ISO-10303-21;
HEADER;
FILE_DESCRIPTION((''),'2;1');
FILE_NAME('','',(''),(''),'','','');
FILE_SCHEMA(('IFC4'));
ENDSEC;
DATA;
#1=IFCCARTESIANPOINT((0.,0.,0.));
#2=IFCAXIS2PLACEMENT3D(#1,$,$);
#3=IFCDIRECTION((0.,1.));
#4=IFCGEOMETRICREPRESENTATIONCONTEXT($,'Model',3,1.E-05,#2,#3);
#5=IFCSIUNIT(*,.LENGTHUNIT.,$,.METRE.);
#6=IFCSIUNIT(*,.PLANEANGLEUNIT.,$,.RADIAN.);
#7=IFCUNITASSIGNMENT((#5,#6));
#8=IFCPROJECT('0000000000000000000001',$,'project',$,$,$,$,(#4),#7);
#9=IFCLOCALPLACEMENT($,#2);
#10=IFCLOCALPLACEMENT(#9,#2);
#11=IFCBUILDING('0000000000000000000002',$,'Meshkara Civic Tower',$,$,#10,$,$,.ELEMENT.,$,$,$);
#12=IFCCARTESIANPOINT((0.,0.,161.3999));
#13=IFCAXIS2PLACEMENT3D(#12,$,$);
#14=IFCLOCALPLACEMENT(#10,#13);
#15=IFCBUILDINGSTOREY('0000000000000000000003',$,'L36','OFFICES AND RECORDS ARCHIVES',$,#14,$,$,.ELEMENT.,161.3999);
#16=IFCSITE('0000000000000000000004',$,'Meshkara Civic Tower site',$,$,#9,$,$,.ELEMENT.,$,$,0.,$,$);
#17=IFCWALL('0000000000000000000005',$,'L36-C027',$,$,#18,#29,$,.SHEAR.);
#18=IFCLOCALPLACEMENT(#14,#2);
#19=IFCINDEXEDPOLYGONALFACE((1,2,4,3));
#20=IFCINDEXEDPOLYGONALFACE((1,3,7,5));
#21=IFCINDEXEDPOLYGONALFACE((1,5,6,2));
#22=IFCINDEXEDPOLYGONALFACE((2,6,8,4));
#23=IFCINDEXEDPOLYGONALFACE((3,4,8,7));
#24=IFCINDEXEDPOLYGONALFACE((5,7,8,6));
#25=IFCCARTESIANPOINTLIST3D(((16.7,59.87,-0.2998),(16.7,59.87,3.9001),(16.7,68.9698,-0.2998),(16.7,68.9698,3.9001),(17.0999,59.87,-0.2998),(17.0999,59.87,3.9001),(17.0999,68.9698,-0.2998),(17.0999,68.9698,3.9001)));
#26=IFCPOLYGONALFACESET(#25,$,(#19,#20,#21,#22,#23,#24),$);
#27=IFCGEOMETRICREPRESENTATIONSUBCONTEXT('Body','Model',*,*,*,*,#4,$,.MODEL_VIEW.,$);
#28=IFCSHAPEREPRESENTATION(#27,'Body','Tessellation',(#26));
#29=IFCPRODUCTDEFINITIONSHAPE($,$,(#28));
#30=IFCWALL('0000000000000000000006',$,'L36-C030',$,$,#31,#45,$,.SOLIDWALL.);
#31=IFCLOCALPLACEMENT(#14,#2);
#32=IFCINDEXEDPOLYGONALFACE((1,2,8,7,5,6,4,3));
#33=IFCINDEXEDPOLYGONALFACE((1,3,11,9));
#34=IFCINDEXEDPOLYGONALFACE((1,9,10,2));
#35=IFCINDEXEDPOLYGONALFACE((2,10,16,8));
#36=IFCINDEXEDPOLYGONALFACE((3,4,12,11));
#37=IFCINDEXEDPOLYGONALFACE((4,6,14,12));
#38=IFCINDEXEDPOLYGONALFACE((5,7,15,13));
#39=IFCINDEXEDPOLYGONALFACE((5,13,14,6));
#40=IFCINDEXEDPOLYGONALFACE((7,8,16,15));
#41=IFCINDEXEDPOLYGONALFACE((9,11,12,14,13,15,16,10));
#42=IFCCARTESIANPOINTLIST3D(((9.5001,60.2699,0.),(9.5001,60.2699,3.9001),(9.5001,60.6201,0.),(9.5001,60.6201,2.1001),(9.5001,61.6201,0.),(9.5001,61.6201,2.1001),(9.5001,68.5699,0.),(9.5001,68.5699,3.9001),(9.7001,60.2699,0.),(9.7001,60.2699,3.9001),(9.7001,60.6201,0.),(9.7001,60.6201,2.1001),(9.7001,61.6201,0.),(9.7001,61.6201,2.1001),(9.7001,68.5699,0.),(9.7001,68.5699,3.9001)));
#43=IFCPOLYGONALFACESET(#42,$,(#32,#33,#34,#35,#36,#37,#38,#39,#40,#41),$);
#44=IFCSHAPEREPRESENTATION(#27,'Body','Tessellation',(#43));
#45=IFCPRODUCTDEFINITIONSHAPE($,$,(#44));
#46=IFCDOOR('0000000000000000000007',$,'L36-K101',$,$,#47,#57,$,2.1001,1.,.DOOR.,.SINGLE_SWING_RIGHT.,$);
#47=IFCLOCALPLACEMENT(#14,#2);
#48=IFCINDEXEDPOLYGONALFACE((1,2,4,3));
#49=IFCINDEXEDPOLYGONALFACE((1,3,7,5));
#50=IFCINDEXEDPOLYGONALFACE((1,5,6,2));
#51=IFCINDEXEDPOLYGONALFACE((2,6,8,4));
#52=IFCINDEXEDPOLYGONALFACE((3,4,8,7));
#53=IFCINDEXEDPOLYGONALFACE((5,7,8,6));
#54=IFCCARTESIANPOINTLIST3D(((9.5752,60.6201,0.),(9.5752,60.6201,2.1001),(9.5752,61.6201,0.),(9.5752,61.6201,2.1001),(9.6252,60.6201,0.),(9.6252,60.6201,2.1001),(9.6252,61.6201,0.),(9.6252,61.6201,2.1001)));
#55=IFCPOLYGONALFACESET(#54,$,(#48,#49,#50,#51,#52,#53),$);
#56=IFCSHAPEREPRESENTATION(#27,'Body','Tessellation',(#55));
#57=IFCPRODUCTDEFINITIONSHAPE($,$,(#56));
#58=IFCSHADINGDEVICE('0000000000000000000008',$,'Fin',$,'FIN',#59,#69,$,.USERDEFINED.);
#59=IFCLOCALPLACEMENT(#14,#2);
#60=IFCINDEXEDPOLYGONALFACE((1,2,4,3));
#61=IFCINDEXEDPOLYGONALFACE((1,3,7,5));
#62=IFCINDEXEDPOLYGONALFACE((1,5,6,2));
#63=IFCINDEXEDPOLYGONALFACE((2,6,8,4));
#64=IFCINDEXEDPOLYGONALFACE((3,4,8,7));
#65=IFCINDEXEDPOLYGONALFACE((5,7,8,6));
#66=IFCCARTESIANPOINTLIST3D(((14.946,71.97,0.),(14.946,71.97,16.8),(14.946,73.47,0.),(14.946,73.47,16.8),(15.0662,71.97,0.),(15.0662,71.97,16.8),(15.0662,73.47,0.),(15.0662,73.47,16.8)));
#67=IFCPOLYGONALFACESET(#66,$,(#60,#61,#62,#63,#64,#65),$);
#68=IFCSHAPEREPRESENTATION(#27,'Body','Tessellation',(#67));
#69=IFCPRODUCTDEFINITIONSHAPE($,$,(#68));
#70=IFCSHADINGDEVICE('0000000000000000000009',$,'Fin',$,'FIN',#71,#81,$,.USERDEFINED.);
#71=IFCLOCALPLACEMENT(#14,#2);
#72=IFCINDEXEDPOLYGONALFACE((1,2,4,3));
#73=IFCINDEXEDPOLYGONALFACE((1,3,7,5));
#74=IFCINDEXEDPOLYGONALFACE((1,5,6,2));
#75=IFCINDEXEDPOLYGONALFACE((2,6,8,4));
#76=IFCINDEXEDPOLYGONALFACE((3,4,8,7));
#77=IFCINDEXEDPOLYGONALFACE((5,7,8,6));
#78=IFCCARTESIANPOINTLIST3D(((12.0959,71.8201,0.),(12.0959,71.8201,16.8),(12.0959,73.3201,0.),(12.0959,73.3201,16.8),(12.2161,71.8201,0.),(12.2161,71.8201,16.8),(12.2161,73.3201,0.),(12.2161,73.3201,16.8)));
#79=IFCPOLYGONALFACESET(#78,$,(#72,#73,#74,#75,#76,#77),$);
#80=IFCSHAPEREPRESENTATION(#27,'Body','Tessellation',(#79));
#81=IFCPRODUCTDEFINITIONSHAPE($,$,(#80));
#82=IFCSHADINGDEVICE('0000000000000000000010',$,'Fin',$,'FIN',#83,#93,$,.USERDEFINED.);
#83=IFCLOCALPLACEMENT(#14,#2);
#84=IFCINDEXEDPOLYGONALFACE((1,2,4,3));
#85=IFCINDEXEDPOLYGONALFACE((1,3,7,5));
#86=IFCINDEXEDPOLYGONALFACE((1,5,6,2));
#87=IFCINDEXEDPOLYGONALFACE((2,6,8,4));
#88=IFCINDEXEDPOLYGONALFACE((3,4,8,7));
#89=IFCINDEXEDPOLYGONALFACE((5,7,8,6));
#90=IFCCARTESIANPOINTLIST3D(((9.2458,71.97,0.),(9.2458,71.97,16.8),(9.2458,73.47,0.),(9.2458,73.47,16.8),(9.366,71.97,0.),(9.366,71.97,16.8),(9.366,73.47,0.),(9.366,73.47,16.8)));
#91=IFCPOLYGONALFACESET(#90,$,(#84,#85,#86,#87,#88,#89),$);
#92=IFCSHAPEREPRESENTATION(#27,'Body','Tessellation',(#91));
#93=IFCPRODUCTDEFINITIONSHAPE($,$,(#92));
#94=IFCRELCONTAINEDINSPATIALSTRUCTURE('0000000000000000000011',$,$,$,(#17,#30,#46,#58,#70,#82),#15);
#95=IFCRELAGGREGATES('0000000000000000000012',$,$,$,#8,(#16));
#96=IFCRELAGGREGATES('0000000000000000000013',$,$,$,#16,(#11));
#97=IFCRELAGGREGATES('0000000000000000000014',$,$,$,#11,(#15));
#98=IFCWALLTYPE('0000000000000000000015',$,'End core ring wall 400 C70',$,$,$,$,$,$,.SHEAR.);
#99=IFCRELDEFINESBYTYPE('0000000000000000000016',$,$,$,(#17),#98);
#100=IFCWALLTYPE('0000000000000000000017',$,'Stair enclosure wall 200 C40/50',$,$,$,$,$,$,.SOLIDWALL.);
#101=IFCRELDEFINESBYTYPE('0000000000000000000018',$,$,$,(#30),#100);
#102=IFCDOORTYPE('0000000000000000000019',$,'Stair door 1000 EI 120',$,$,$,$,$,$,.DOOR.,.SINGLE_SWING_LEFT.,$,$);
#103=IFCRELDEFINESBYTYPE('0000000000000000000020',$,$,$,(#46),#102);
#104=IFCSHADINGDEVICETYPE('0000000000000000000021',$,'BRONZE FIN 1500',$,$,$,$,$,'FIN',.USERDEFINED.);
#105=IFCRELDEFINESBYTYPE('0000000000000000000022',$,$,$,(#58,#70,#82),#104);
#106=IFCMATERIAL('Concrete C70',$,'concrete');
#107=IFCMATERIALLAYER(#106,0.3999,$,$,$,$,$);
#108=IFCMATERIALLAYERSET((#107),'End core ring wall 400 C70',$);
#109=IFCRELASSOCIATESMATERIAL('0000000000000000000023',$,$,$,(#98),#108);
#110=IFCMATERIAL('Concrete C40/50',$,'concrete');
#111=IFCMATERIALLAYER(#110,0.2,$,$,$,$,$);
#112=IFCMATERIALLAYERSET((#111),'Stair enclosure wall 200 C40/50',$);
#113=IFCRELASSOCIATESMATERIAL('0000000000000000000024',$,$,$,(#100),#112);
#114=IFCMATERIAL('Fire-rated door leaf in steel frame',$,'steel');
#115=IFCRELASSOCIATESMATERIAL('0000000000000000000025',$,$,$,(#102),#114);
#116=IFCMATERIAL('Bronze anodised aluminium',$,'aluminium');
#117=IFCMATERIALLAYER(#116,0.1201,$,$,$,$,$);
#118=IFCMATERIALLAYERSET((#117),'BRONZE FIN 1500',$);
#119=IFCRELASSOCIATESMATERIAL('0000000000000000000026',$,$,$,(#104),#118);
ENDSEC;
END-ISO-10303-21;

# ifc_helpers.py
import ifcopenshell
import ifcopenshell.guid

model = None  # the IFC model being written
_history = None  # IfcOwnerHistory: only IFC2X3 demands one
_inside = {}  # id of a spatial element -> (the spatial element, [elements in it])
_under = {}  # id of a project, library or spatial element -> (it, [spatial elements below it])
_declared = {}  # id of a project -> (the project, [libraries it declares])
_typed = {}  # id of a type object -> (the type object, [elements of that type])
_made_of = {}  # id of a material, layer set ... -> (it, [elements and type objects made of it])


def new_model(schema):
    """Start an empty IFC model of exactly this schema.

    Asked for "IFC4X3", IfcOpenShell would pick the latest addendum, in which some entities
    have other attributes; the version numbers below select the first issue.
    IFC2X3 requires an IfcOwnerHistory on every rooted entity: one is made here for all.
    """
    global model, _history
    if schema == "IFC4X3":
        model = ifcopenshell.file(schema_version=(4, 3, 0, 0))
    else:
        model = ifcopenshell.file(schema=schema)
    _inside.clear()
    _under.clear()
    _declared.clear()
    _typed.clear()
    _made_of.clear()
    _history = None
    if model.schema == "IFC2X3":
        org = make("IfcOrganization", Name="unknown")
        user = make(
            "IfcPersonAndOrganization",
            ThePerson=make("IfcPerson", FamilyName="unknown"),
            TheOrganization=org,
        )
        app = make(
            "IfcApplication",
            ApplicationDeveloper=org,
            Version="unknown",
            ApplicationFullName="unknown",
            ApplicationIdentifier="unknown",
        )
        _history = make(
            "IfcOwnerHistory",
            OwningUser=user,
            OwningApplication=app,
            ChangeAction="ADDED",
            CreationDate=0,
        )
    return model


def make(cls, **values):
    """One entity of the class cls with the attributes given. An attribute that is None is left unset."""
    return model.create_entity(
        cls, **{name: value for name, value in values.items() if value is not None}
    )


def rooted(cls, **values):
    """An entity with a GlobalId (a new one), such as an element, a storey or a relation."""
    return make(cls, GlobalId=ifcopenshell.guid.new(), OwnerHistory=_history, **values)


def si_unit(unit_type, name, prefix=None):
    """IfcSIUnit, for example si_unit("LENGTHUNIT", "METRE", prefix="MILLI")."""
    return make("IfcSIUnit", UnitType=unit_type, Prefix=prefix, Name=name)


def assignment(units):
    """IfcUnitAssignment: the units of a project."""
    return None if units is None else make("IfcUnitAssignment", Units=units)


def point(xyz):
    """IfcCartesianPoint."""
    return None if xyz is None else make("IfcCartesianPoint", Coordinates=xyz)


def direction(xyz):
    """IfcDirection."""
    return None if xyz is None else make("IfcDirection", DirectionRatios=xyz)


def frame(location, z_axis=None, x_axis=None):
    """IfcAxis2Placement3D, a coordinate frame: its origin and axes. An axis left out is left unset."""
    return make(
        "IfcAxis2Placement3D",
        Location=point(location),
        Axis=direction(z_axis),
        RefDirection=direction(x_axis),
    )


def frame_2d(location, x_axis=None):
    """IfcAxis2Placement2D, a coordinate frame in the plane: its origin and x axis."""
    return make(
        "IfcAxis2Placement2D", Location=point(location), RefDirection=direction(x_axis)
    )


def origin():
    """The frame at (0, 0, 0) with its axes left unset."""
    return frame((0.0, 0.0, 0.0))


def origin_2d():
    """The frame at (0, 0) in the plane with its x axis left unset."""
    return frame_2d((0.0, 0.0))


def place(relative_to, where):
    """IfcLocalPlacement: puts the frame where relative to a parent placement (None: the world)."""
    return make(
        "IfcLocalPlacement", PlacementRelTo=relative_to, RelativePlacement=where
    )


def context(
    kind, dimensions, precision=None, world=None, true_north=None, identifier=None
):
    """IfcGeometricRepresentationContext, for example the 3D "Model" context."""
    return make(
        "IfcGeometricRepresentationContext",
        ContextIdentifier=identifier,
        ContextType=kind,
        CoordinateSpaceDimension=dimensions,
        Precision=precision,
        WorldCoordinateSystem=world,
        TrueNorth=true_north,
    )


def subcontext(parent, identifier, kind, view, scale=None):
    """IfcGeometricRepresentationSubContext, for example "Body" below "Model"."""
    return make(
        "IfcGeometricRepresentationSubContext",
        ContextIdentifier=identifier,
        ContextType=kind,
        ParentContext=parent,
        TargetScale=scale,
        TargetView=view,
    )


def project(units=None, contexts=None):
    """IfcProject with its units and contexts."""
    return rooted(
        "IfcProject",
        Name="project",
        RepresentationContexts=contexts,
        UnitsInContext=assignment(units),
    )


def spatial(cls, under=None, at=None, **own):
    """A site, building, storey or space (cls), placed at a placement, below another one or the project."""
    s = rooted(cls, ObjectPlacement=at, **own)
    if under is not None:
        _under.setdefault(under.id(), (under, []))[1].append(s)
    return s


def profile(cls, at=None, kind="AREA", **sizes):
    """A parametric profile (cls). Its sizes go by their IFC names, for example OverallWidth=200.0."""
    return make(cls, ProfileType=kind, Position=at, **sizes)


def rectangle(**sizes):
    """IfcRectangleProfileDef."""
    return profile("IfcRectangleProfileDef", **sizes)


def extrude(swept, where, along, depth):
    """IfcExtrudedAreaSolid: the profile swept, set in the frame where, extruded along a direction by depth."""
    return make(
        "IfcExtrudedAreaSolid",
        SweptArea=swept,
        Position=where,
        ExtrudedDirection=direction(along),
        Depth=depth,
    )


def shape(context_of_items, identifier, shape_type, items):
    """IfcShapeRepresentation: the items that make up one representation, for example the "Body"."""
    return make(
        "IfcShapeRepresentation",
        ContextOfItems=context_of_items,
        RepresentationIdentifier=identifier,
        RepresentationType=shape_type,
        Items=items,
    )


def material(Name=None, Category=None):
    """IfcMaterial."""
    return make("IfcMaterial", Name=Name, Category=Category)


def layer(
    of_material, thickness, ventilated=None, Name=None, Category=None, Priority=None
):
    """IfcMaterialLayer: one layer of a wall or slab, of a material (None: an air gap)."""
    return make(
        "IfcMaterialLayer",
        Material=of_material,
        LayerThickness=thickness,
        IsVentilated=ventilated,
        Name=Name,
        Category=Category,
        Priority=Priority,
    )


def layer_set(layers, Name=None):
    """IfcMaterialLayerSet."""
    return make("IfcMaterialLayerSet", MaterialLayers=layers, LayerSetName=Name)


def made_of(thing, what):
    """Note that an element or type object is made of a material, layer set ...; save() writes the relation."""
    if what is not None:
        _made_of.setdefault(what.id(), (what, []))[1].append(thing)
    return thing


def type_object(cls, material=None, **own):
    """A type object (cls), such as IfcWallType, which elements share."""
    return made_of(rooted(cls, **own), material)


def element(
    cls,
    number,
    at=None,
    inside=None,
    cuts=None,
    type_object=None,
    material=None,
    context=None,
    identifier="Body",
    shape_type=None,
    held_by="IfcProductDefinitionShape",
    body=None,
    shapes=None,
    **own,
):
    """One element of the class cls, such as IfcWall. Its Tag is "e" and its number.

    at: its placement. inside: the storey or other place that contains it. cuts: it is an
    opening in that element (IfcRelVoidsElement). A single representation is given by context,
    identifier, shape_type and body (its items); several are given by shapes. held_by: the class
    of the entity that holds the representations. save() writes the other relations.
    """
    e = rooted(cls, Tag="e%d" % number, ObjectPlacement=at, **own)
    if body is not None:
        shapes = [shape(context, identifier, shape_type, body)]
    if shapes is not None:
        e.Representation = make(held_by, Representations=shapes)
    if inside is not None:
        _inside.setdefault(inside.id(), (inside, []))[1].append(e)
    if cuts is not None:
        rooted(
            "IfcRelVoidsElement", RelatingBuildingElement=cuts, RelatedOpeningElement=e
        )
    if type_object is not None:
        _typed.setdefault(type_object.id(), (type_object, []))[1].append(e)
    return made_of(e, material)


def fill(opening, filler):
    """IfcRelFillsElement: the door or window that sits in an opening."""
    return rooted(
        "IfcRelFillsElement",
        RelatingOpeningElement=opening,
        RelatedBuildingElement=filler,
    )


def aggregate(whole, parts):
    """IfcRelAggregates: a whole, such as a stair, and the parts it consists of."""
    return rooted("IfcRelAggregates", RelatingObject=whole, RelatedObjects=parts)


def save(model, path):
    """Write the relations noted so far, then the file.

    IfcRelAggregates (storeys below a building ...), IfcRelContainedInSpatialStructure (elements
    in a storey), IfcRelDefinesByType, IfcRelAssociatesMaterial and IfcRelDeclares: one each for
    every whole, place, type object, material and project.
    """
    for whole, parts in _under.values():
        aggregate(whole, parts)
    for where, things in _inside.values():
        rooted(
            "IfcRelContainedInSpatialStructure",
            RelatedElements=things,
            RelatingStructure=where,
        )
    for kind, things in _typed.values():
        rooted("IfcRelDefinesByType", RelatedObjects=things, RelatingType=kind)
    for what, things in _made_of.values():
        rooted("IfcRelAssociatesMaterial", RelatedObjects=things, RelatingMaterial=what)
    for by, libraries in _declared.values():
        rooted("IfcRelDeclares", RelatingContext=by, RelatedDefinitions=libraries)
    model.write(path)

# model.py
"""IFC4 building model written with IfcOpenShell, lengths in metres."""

from ifc_helpers import new_model, si_unit, direction, frame, frame_2d, origin, origin_2d, place, context, subcontext, project, spatial, rectangle, extrude, material, layer, layer_set, type_object, element, fill, save


model = new_model("IFC4")

# Units and contexts
model_context = context("Model", 3, precision=1e-05, world=origin(), true_north=direction((0.0, 1.0)))
body_context = subcontext(model_context, "Body", "Model", "MODEL_VIEW")
ifc_project = project(units=[si_unit("LENGTHUNIT", "METRE"), si_unit("PLANEANGLEUNIT", "RADIAN")], contexts=[model_context])

# Site, building, storey
site_placement = place(None, origin())
site = spatial("IfcSite", under=ifc_project, at=site_placement, Name="Meshkara Civic Tower site", CompositionType="ELEMENT", RefElevation=0.0)
building_placement = place(site_placement, origin())
building = spatial("IfcBuilding", under=site, at=building_placement, Name="Meshkara Civic Tower", CompositionType="ELEMENT")
storey_placement = place(building_placement, frame((0.0, 0.0, 161.3999)))
storey = spatial("IfcBuildingStorey", under=building, at=storey_placement, Name="L36", Description="OFFICES AND RECORDS ARCHIVES", CompositionType="ELEMENT", Elevation=161.3999)

# Wall
ifc_material_1 = material(Name="Concrete C70", Category="concrete")
ifc_layer_1 = layer(ifc_material_1, 0.3999)
ifc_layer_set_1 = layer_set([ifc_layer_1], Name="End core ring wall 400 C70")
wall_type_1 = type_object("IfcWallType", Name="End core ring wall 400 C70", PredefinedType="SHEAR", material=ifc_layer_set_1)
wall_1_placement = place(storey_placement, frame((16.8999, 59.8701, -0.2998), z_axis=(0.0, 0.0, 1.0), x_axis=(0.0, 1.0, 0.0)))
element("IfcWall", 1, at=wall_1_placement, inside=storey, type_object=wall_type_1, Name="L36-C027", PredefinedType="SHEAR", context=body_context, shape_type="SweptSolid", body=[
    extrude(rectangle(XDim=9.0999, YDim=0.3999, at=frame_2d((4.5498, 0.0))), origin(), (0.0, 0.0, 1.0), 4.2),
])

# Wall, opening, door
ifc_material_2 = material(Name="Concrete C40/50", Category="concrete")
ifc_layer_2 = layer(ifc_material_2, 0.2)
ifc_layer_set_2 = layer_set([ifc_layer_2], Name="Stair enclosure wall 200 C40/50")
wall_type_2 = type_object("IfcWallType", Name="Stair enclosure wall 200 C40/50", PredefinedType="SOLIDWALL", material=ifc_layer_set_2)
wall_2_placement = place(storey_placement, frame((9.6001, 60.27, 0.0), z_axis=(0.0, 0.0, 1.0), x_axis=(0.0, 1.0, 0.0)))
wall_2 = element("IfcWall", 2, at=wall_2_placement, inside=storey, type_object=wall_type_2, Name="L36-C030", PredefinedType="SOLIDWALL", context=body_context, shape_type="SweptSolid", body=[
    extrude(rectangle(XDim=8.3, YDim=0.2, at=frame_2d((4.1499, 0.0))), origin(), (0.0, 0.0, 1.0), 3.9001),
])
opening_1_placement = place(wall_2_placement, frame((0.3501, 0.0, 0.0)))
opening_1 = element("IfcOpeningElement", 3, at=opening_1_placement, cuts=wall_2, PredefinedType="OPENING", context=body_context, shape_type="SweptSolid", body=[
    extrude(rectangle(XDim=1.0, YDim=2.1001, at=frame_2d((0.5, 1.05))), frame((0.0, 0.1099, 0.0), z_axis=(0.0, -1.0, 0.0), x_axis=(1.0, 0.0, 0.0)), (0.0, 0.0, 1.0), 0.22),
])
ifc_material_3 = material(Name="Fire-rated door leaf in steel frame", Category="steel")
door_type_1 = type_object("IfcDoorType", Name="Stair door 1000 EI 120", OperationType="SINGLE_SWING_LEFT", PredefinedType="DOOR", material=ifc_material_3)
door_1_placement = place(opening_1_placement, origin())
door_1 = element("IfcDoor", 4, at=door_1_placement, inside=storey, type_object=door_type_1, Name="L36-K101", OperationType="SINGLE_SWING_RIGHT", OverallHeight=2.1001, OverallWidth=1.0, PredefinedType="DOOR", context=body_context, shape_type="SweptSolid", body=[
    extrude(rectangle(XDim=1.0, YDim=2.1001, at=frame_2d((0.5, 1.05))), frame((0.0, 0.0249, 0.0), z_axis=(0.0, -1.0, 0.0), x_axis=(1.0, 0.0, 0.0)), (0.0, 0.0, 1.0), 0.05),
])
fill(opening_1, door_1)

# Shading devices
ifc_material_4 = material(Name="Bronze anodised aluminium", Category="aluminium")
ifc_layer_3 = layer(ifc_material_4, 0.1201)
ifc_layer_set_3 = layer_set([ifc_layer_3], Name="BRONZE FIN 1500")
shading_device_type = type_object("IfcShadingDeviceType", Name="BRONZE FIN 1500", ElementType="FIN", PredefinedType="USERDEFINED", material=ifc_layer_set_3)
for number, where, z_axis, x_axis, name in (
    (5, (15.0061, 72.72, 0.0), (0.0, 0.0, 1.0), (-1.0, 0.0, 0.0), "Fin"),
    (6, (12.156, 72.5701, 0.0), (0.0, 0.0, 1.0), (-1.0, 0.0, 0.0), "Fin"),
    (7, (9.3059, 72.72, 0.0), (0.0, 0.0, 1.0), (-1.0, 0.0, 0.0), "Fin"),
):
    element("IfcShadingDevice", number, at=place(storey_placement, frame(where, z_axis=z_axis, x_axis=x_axis)), inside=storey, type_object=shading_device_type, Name=name, ObjectType="FIN", PredefinedType="USERDEFINED", context=body_context, shape_type="SweptSolid", body=[
        extrude(rectangle(XDim=0.1201, YDim=1.5, at=origin_2d()), origin(), (0.0, 0.0, 1.0), 16.8),
    ])

save(model, "model.ifc")
